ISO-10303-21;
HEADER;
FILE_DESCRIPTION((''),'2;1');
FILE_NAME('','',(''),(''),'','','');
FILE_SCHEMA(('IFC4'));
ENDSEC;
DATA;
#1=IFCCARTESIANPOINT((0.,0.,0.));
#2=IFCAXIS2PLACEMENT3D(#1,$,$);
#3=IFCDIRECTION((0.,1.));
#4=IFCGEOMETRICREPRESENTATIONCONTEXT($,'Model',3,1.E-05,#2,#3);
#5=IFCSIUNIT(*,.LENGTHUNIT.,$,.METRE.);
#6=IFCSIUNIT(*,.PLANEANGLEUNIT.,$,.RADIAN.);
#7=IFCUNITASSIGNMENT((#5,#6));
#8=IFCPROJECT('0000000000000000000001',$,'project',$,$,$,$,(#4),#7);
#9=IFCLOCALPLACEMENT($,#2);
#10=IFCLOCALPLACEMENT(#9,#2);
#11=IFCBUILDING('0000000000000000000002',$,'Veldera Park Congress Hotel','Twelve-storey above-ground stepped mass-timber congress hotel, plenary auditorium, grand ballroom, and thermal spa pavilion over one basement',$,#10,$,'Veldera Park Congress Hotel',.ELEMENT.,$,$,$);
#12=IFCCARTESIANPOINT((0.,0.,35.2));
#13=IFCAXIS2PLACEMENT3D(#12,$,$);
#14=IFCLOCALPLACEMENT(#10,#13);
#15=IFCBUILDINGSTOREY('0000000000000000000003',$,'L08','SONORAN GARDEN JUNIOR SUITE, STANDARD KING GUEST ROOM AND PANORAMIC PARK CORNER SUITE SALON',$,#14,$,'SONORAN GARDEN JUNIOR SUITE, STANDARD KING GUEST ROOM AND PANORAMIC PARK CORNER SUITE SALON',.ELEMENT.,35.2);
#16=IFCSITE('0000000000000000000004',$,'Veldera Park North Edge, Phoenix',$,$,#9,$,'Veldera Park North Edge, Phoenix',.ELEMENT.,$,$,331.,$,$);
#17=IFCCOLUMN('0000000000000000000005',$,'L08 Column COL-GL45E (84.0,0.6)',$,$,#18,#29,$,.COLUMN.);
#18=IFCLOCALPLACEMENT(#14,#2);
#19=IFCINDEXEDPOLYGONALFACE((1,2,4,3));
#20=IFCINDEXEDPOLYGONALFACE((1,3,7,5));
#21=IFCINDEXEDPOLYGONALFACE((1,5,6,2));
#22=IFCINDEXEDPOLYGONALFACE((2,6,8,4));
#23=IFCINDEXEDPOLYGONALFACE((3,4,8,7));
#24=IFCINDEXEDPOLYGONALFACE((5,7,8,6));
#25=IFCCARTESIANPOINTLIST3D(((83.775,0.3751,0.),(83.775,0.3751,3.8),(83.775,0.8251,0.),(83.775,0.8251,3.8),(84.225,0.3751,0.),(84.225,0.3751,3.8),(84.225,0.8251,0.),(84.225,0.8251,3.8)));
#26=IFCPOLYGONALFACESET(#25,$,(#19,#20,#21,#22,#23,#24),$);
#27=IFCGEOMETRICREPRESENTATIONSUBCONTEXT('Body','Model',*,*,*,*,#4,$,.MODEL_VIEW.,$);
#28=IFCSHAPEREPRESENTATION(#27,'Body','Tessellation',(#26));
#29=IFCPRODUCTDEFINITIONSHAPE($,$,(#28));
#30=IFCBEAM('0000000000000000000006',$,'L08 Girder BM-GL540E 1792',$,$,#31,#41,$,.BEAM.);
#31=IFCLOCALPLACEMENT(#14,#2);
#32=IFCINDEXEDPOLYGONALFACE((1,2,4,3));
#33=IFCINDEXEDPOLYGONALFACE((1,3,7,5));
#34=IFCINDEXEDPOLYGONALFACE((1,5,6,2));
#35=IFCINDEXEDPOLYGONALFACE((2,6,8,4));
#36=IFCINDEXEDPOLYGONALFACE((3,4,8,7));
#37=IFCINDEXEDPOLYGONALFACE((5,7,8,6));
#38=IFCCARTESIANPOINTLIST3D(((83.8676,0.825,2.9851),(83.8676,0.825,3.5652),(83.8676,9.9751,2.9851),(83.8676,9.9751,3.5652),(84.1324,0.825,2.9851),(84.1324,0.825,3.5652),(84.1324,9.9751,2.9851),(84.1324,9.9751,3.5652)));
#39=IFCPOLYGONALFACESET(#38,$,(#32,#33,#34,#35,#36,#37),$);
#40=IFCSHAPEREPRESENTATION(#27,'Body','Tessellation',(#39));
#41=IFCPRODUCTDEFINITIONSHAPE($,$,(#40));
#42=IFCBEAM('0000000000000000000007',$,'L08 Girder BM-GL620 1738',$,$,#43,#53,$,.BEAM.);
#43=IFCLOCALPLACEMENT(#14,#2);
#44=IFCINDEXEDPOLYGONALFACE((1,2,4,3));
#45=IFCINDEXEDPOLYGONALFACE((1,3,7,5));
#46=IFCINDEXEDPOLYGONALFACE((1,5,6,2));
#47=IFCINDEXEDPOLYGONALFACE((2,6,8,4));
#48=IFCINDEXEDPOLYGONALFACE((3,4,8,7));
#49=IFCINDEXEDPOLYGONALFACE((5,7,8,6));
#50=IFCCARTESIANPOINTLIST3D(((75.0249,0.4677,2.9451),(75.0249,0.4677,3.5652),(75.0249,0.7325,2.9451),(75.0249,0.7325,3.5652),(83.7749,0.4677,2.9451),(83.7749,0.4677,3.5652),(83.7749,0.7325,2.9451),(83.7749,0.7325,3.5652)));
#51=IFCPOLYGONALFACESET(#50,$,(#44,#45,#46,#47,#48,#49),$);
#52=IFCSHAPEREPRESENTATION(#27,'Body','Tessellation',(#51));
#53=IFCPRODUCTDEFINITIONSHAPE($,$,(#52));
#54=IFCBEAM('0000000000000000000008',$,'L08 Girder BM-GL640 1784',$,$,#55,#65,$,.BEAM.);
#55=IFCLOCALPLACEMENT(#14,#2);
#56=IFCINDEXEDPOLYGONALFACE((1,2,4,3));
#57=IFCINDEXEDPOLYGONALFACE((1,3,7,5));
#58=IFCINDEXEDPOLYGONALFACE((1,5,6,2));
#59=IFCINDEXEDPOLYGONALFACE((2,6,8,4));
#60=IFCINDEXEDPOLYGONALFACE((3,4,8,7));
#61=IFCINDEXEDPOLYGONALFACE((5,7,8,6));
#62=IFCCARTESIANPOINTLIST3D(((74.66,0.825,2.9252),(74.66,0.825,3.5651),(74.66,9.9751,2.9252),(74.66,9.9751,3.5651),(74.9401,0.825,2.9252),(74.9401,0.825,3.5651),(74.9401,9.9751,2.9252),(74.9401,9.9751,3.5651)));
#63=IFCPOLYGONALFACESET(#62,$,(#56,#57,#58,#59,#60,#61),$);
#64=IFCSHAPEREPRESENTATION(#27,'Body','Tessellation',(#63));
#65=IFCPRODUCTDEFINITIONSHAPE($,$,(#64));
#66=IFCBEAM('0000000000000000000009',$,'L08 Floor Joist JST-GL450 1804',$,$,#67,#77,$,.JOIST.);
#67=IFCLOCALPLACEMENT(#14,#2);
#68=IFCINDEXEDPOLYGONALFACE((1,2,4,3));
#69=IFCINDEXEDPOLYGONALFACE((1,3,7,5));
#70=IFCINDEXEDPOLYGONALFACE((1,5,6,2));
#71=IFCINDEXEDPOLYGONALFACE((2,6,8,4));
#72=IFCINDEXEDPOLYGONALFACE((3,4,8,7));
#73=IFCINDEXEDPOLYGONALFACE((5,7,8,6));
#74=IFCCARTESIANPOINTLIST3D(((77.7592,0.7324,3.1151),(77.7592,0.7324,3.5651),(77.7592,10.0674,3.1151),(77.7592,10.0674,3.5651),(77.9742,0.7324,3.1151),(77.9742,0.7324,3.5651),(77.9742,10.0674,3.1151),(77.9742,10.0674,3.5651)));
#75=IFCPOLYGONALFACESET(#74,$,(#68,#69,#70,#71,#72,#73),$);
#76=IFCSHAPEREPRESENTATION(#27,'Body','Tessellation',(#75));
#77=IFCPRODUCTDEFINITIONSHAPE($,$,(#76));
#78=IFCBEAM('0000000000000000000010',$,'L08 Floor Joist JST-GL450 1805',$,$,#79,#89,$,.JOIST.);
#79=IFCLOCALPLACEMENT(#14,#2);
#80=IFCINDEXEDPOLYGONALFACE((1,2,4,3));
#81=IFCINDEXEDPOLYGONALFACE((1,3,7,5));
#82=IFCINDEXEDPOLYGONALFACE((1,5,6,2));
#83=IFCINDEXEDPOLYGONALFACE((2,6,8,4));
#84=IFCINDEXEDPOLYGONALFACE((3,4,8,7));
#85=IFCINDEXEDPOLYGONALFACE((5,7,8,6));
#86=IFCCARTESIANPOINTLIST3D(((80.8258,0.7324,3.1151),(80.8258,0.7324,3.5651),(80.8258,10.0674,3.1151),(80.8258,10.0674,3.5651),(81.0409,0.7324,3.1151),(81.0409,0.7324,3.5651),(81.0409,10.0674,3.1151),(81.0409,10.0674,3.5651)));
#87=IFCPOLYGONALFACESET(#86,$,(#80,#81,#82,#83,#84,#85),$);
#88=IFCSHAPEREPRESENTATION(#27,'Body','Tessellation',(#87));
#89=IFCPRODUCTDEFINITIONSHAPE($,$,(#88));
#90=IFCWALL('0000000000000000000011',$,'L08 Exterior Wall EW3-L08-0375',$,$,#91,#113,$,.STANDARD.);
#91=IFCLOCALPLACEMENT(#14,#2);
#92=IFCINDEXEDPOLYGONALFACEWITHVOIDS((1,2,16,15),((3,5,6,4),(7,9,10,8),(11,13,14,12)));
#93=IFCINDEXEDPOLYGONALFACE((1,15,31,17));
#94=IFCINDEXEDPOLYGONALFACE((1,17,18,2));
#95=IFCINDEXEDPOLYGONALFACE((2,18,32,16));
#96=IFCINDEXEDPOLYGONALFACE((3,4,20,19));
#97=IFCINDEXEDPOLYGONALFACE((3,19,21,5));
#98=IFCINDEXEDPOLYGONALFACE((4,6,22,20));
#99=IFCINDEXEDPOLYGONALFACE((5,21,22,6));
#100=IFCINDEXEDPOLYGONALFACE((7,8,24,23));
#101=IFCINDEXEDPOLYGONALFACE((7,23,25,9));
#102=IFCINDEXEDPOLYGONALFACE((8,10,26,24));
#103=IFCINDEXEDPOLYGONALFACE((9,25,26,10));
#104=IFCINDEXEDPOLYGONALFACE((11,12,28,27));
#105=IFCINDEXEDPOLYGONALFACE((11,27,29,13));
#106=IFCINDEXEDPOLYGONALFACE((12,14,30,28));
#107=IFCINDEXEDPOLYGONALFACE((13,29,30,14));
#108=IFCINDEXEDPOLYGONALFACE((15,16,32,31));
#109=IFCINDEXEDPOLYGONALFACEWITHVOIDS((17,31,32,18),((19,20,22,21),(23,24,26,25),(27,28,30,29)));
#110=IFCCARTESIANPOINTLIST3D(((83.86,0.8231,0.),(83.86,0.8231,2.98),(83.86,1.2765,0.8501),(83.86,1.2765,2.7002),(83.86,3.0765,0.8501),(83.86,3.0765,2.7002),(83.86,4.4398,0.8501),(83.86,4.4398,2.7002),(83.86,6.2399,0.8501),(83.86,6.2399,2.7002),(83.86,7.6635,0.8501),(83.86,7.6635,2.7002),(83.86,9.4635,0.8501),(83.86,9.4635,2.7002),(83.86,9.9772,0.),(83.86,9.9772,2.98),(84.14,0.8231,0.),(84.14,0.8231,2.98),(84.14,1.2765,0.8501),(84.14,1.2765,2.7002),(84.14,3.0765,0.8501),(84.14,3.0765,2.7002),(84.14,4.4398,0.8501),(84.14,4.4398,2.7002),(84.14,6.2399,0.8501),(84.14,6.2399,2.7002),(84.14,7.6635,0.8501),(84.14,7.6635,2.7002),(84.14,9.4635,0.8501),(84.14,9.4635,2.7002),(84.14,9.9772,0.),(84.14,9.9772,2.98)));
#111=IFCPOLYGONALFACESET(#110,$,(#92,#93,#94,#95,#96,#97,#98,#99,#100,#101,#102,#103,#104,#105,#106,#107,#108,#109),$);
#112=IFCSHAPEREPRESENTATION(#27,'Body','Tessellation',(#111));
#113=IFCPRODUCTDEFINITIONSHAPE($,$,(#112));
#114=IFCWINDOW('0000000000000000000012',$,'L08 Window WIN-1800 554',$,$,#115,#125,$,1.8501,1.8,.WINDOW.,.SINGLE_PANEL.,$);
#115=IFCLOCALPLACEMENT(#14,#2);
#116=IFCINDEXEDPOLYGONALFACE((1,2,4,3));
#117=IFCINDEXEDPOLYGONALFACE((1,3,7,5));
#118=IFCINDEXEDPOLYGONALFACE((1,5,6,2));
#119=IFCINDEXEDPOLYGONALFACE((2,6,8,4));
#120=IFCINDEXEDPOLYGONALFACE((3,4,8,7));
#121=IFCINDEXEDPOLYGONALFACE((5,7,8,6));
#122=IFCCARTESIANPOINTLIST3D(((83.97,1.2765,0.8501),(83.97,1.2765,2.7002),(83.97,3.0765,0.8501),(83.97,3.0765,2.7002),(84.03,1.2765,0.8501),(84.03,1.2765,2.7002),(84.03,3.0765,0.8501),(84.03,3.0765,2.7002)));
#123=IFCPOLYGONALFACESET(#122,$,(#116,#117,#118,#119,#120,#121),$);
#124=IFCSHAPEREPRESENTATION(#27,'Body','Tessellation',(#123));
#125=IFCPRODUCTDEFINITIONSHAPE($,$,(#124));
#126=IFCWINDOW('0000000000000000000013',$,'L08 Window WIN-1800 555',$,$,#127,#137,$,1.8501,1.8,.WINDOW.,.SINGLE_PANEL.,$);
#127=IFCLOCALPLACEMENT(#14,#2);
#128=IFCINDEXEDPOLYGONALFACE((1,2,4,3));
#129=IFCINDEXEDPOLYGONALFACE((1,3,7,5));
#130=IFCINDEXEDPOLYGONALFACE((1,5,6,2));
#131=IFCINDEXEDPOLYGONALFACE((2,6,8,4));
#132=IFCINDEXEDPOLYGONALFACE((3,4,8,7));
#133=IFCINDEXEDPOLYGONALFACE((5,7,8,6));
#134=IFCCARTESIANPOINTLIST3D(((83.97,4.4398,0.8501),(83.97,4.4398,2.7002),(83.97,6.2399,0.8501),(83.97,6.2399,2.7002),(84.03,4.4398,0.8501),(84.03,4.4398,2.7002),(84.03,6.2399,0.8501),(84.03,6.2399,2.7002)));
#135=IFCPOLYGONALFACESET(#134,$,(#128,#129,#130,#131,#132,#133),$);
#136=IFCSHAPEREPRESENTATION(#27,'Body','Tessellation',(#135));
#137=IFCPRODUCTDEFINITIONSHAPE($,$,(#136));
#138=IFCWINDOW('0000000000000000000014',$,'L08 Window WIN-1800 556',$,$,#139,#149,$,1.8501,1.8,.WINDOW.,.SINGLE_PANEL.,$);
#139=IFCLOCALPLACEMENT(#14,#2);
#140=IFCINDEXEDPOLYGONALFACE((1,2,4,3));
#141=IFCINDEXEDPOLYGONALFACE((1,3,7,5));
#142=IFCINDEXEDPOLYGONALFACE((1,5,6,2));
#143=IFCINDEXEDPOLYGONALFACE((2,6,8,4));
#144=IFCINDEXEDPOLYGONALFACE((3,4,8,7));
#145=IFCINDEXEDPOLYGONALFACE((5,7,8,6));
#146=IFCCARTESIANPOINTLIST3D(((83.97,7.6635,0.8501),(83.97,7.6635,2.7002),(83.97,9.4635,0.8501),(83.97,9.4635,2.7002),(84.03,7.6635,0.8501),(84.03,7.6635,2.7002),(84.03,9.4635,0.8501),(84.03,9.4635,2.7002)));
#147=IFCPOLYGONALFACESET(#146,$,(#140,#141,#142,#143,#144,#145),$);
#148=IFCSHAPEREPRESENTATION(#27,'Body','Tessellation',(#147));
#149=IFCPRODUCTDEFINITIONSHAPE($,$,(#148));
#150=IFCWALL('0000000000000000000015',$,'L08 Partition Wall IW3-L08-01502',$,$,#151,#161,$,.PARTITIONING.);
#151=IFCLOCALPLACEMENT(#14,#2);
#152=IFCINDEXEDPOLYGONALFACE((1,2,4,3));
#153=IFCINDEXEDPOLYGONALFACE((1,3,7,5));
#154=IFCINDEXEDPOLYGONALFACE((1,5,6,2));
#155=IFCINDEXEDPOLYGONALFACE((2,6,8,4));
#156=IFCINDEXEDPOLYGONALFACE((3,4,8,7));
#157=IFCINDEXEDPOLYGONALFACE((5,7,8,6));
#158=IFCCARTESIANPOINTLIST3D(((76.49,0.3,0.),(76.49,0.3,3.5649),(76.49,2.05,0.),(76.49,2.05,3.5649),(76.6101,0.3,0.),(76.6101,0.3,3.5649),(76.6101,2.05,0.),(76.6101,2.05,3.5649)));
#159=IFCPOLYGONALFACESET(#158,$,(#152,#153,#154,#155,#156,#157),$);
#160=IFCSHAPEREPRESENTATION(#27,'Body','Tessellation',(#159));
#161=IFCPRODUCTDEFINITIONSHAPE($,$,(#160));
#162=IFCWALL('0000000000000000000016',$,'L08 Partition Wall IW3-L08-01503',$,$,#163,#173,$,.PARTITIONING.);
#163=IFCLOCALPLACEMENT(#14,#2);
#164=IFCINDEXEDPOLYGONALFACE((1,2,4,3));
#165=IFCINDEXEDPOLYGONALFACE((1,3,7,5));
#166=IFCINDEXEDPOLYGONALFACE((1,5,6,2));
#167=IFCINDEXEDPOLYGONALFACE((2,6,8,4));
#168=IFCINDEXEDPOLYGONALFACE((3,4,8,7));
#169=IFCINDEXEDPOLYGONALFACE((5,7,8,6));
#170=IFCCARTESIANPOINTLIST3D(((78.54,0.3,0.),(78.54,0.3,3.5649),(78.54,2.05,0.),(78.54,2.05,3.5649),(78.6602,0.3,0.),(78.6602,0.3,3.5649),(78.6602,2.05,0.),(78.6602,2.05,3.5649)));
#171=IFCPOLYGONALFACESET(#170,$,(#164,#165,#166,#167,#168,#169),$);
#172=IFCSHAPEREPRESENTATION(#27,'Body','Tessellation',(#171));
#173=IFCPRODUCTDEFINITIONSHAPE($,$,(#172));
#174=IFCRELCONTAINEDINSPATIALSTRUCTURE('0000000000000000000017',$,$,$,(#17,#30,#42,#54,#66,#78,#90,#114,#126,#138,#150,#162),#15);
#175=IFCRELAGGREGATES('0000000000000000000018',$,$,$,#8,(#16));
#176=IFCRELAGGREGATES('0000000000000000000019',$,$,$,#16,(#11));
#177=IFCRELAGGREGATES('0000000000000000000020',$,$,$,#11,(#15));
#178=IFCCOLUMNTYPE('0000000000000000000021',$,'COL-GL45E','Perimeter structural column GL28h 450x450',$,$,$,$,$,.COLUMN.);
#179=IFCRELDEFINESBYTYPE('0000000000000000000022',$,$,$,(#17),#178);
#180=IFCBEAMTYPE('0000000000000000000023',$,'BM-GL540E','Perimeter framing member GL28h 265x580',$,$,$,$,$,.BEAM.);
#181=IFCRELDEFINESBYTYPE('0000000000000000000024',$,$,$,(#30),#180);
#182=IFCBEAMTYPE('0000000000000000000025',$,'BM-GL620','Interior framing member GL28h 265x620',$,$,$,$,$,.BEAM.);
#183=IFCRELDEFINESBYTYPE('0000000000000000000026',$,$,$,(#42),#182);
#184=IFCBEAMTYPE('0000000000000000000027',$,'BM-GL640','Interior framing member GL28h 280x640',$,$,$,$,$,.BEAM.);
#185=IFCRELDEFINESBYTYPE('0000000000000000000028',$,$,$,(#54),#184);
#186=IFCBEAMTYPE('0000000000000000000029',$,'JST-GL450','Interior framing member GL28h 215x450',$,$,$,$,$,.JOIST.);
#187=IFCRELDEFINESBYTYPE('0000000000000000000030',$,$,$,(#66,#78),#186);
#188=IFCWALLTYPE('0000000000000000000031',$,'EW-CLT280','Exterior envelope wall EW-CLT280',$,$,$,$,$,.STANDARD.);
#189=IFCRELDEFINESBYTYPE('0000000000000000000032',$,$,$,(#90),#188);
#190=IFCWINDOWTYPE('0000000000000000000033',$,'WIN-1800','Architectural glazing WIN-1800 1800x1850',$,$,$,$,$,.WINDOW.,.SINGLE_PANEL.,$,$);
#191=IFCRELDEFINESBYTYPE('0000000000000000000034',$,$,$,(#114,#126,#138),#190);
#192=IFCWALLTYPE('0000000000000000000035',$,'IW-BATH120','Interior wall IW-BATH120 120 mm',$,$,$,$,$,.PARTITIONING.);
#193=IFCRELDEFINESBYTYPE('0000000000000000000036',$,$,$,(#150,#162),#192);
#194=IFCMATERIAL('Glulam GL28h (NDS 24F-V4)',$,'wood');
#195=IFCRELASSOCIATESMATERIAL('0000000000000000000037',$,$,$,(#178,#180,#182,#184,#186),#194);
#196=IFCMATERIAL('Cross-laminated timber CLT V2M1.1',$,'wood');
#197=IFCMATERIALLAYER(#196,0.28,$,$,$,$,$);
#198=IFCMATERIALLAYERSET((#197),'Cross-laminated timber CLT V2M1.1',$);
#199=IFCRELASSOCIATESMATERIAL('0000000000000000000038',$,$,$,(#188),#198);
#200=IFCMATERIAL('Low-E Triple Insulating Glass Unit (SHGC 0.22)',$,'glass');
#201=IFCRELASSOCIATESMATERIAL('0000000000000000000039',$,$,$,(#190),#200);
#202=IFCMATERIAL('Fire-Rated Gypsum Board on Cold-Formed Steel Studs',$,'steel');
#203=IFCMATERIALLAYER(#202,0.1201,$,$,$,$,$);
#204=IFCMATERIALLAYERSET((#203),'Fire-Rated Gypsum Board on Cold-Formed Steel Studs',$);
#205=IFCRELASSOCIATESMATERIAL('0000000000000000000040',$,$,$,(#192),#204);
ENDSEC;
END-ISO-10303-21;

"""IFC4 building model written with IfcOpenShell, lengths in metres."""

from ifc_helpers import new_model, si_unit, direction, frame, frame_2d, origin, origin_2d, place, context, subcontext, project, spatial, rectangle, extrude, material, layer, layer_set, material_profile, profile_set, type_object, element, fill, save


model = new_model("IFC4")

# Units and contexts
model_context = context("Model", 3, precision=1e-05, world=origin(), true_north=direction((0.0, 1.0)))
body_context = subcontext(model_context, "Body", "Model", "MODEL_VIEW")
ifc_project = project(units=[si_unit("LENGTHUNIT", "METRE"), si_unit("PLANEANGLEUNIT", "RADIAN")], contexts=[model_context])

# Site, building, storey
site_placement = place(None, origin())
site = spatial("IfcSite", under=ifc_project, at=site_placement, Name="Veldera Park North Edge, Phoenix", LongName="Veldera Park North Edge, Phoenix", CompositionType="ELEMENT", RefElevation=331.0)
building_placement = place(site_placement, origin())
building = spatial("IfcBuilding", under=site, at=building_placement, Name="Veldera Park Congress Hotel", Description="Twelve-storey above-ground stepped mass-timber congress hotel, plenary auditorium, grand ballroom, and thermal spa pavilion over one basement", LongName="Veldera Park Congress Hotel", CompositionType="ELEMENT")
storey_placement = place(building_placement, frame((0.0, 0.0, 35.2)))
storey = spatial("IfcBuildingStorey", under=building, at=storey_placement, Name="L08", Description="SONORAN GARDEN JUNIOR SUITE, STANDARD KING GUEST ROOM AND PANORAMIC PARK CORNER SUITE SALON", LongName="SONORAN GARDEN JUNIOR SUITE, STANDARD KING GUEST ROOM AND PANORAMIC PARK CORNER SUITE SALON", CompositionType="ELEMENT", Elevation=35.2)

# Column
ifc_material_1 = material(Name="Glulam GL28h (NDS 24F-V4)", Category="wood")
ifc_material_profile_1 = material_profile(ifc_material_1, rectangle(XDim=0.45, YDim=0.45, at=origin_2d()), Name="GL28h 450x450")
ifc_profile_set_1 = profile_set([ifc_material_profile_1], Name="Glulam GL28h (NDS 24F-V4)")
column_type = type_object("IfcColumnType", Name="COL-GL45E", Description="Perimeter structural column GL28h 450x450", PredefinedType="COLUMN", material=ifc_profile_set_1)
column_placement = place(storey_placement, frame((84.0, 0.6001, 0.0), z_axis=(0.0, 0.0, 1.0), x_axis=(1.0, 0.0, 0.0)))
element("IfcColumn", 1, at=column_placement, inside=storey, type_object=column_type, Name="L08 Column COL-GL45E (84.0,0.6)", PredefinedType="COLUMN", context=body_context, shape_type="SweptSolid", body=[
    extrude(rectangle(XDim=0.45, YDim=0.45, at=origin_2d()), origin(), (0.0, 0.0, 1.0), 3.8),
])

# Beams
ifc_material_profile_2 = material_profile(ifc_material_1, rectangle(XDim=0.2649, YDim=0.5801, at=origin_2d()), Name="GL28h 265x580")
ifc_profile_set_2 = profile_set([ifc_material_profile_2], Name="Glulam GL28h (NDS 24F-V4)")
beam_type_1 = type_object("IfcBeamType", Name="BM-GL540E", Description="Perimeter framing member GL28h 265x580", PredefinedType="BEAM", material=ifc_profile_set_2)
beam_1_placement = place(storey_placement, frame((84.0, 0.825, 3.2751), z_axis=(0.0, 1.0, 0.0), x_axis=(-1.0, 0.0, 0.0)))
element("IfcBeam", 2, at=beam_1_placement, inside=storey, type_object=beam_type_1, Name="L08 Girder BM-GL540E 1792", PredefinedType="BEAM", context=body_context, shape_type="SweptSolid", body=[
    extrude(rectangle(XDim=0.2649, YDim=0.5801, at=origin_2d()), origin(), (0.0, 0.0, 1.0), 9.1501),
])
ifc_material_profile_3 = material_profile(ifc_material_1, rectangle(XDim=0.2649, YDim=0.6201, at=origin_2d()), Name="GL28h 265x620")
ifc_profile_set_3 = profile_set([ifc_material_profile_3], Name="Glulam GL28h (NDS 24F-V4)")
beam_type_2 = type_object("IfcBeamType", Name="BM-GL620", Description="Interior framing member GL28h 265x620", PredefinedType="BEAM", material=ifc_profile_set_3)
beam_2_placement = place(storey_placement, frame((75.0249, 0.6001, 3.2551), z_axis=(1.0, 0.0, 0.0), x_axis=(0.0, 1.0, 0.0)))
element("IfcBeam", 3, at=beam_2_placement, inside=storey, type_object=beam_type_2, Name="L08 Girder BM-GL620 1738", PredefinedType="BEAM", context=body_context, shape_type="SweptSolid", body=[
    extrude(rectangle(XDim=0.2649, YDim=0.6201, at=origin_2d()), origin(), (0.0, 0.0, 1.0), 8.75),
])
ifc_material_profile_4 = material_profile(ifc_material_1, rectangle(XDim=0.28, YDim=0.6399, at=origin_2d()), Name="GL28h 280x640")
ifc_profile_set_4 = profile_set([ifc_material_profile_4], Name="Glulam GL28h (NDS 24F-V4)")
beam_type_3 = type_object("IfcBeamType", Name="BM-GL640", Description="Interior framing member GL28h 280x640", PredefinedType="BEAM", material=ifc_profile_set_4)
beam_3_placement = place(storey_placement, frame((74.8, 0.825, 3.2451), z_axis=(0.0, 1.0, 0.0), x_axis=(-1.0, 0.0, 0.0)))
element("IfcBeam", 4, at=beam_3_placement, inside=storey, type_object=beam_type_3, Name="L08 Girder BM-GL640 1784", PredefinedType="BEAM", context=body_context, shape_type="SweptSolid", body=[
    extrude(rectangle(XDim=0.28, YDim=0.6399, at=origin_2d()), origin(), (0.0, 0.0, 1.0), 9.1501),
])
ifc_material_profile_5 = material_profile(ifc_material_1, rectangle(XDim=0.2151, YDim=0.45, at=origin_2d()), Name="GL28h 215x450")
ifc_profile_set_5 = profile_set([ifc_material_profile_5], Name="Glulam GL28h (NDS 24F-V4)")
beam_type_4 = type_object("IfcBeamType", Name="JST-GL450", Description="Interior framing member GL28h 215x450", PredefinedType="JOIST", material=ifc_profile_set_5)
for number, where, z_axis, x_axis, name in (
    (5, (77.8667, 0.7324, 3.3401), (0.0, 1.0, 0.0), (-1.0, 0.0, 0.0), "L08 Floor Joist JST-GL450 1804"),
    (6, (80.9333, 0.7324, 3.3401), (0.0, 1.0, 0.0), (-1.0, 0.0, 0.0), "L08 Floor Joist JST-GL450 1805"),
):
    element("IfcBeam", number, at=place(storey_placement, frame(where, z_axis=z_axis, x_axis=x_axis)), inside=storey, type_object=beam_type_4, Name=name, PredefinedType="JOIST", context=body_context, shape_type="SweptSolid", body=[
        extrude(rectangle(XDim=0.2151, YDim=0.45, at=origin_2d()), origin(), (0.0, 0.0, 1.0), 9.335),
    ])

# Wall, openings, windows
ifc_material_2 = material(Name="Cross-laminated timber CLT V2M1.1", Category="wood")
ifc_layer_1 = layer(ifc_material_2, 0.28)
ifc_layer_set_1 = layer_set([ifc_layer_1], Name="Cross-laminated timber CLT V2M1.1")
wall_type_1 = type_object("IfcWallType", Name="EW-CLT280", Description="Exterior envelope wall EW-CLT280", PredefinedType="STANDARD", material=ifc_layer_set_1)
wall_1_placement = place(storey_placement, frame((84.0, 0.823, 0.0), z_axis=(0.0, 0.0, 1.0), x_axis=(0.0, 1.0, 0.0)))
wall_1 = element("IfcWall", 7, at=wall_1_placement, inside=storey, type_object=wall_type_1, Name="L08 Exterior Wall EW3-L08-0375", PredefinedType="STANDARD", context=body_context, shape_type="SweptSolid", body=[
    extrude(rectangle(XDim=9.1541, YDim=0.28, at=frame_2d((4.5771, 0.0))), origin(), (0.0, 0.0, 1.0), 2.98),
])
opening_1_placement = place(wall_1_placement, frame((0.4536, 0.0, 0.8501)))
opening_1 = element("IfcOpeningElement", 8, at=opening_1_placement, cuts=wall_1, PredefinedType="OPENING", context=body_context, shape_type="SweptSolid", body=[
    extrude(rectangle(XDim=1.8, YDim=1.8501, at=frame_2d((0.8999, 0.925))), frame((0.0, 0.1521, 0.0), z_axis=(0.0, -1.0, 0.0), x_axis=(1.0, 0.0, 0.0)), (0.0, 0.0, 1.0), 0.304),
])
opening_2_placement = place(wall_1_placement, frame((3.6169, 0.0, 0.8501)))
opening_2 = element("IfcOpeningElement", 9, at=opening_2_placement, cuts=wall_1, PredefinedType="OPENING", context=body_context, shape_type="SweptSolid", body=[
    extrude(rectangle(XDim=1.8, YDim=1.8501, at=frame_2d((0.8999, 0.925))), frame((0.0, 0.1521, 0.0), z_axis=(0.0, -1.0, 0.0), x_axis=(1.0, 0.0, 0.0)), (0.0, 0.0, 1.0), 0.304),
])
opening_3_placement = place(wall_1_placement, frame((6.8406, 0.0, 0.8501)))
opening_3 = element("IfcOpeningElement", 10, at=opening_3_placement, cuts=wall_1, PredefinedType="OPENING", context=body_context, shape_type="SweptSolid", body=[
    extrude(rectangle(XDim=1.8, YDim=1.8501, at=frame_2d((0.8999, 0.925))), frame((0.0, 0.1521, 0.0), z_axis=(0.0, -1.0, 0.0), x_axis=(1.0, 0.0, 0.0)), (0.0, 0.0, 1.0), 0.304),
])
ifc_material_3 = material(Name="Low-E Triple Insulating Glass Unit (SHGC 0.22)", Category="glass")
window_type = type_object("IfcWindowType", Name="WIN-1800", Description="Architectural glazing WIN-1800 1800x1850", PartitioningType="SINGLE_PANEL", PredefinedType="WINDOW", material=ifc_material_3)
window_1_placement = place(opening_1_placement, origin())
window_1 = element("IfcWindow", 11, at=window_1_placement, inside=storey, type_object=window_type, Name="L08 Window WIN-1800 554", OverallHeight=1.8501, OverallWidth=1.8, PartitioningType="SINGLE_PANEL", PredefinedType="WINDOW", context=body_context, shape_type="SweptSolid", body=[
    extrude(rectangle(XDim=1.8, YDim=1.8501, at=frame_2d((0.8999, 0.925))), frame((0.0, 0.03, 0.0), z_axis=(0.0, -1.0, 0.0), x_axis=(1.0, 0.0, 0.0)), (0.0, 0.0, 1.0), 0.0601),
])
fill(opening_1, window_1)
window_2_placement = place(opening_2_placement, origin())
window_2 = element("IfcWindow", 12, at=window_2_placement, inside=storey, type_object=window_type, Name="L08 Window WIN-1800 555", OverallHeight=1.8501, OverallWidth=1.8, PartitioningType="SINGLE_PANEL", PredefinedType="WINDOW", context=body_context, shape_type="SweptSolid", body=[
    extrude(rectangle(XDim=1.8, YDim=1.8501, at=frame_2d((0.8999, 0.925))), frame((0.0, 0.03, 0.0), z_axis=(0.0, -1.0, 0.0), x_axis=(1.0, 0.0, 0.0)), (0.0, 0.0, 1.0), 0.0601),
])
fill(opening_2, window_2)
window_3_placement = place(opening_3_placement, origin())
window_3 = element("IfcWindow", 13, at=window_3_placement, inside=storey, type_object=window_type, Name="L08 Window WIN-1800 556", OverallHeight=1.8501, OverallWidth=1.8, PartitioningType="SINGLE_PANEL", PredefinedType="WINDOW", context=body_context, shape_type="SweptSolid", body=[
    extrude(rectangle(XDim=1.8, YDim=1.8501, at=frame_2d((0.8999, 0.925))), frame((0.0, 0.03, 0.0), z_axis=(0.0, -1.0, 0.0), x_axis=(1.0, 0.0, 0.0)), (0.0, 0.0, 1.0), 0.0601),
])
fill(opening_3, window_3)

# Walls
ifc_material_4 = material(Name="Fire-Rated Gypsum Board on Cold-Formed Steel Studs", Category="steel")
ifc_layer_2 = layer(ifc_material_4, 0.1201)
ifc_layer_set_2 = layer_set([ifc_layer_2], Name="Fire-Rated Gypsum Board on Cold-Formed Steel Studs")
wall_type_2 = type_object("IfcWallType", Name="IW-BATH120", Description="Interior wall IW-BATH120 120 mm", PredefinedType="PARTITIONING", material=ifc_layer_set_2)
for number, where, z_axis, x_axis, name in (
    (14, (76.55, 0.3, 0.0), (0.0, 0.0, 1.0), (0.0, 1.0, 0.0), "L08 Partition Wall IW3-L08-01502"),
    (15, (78.6001, 0.3, 0.0), (0.0, 0.0, 1.0), (0.0, 1.0, 0.0), "L08 Partition Wall IW3-L08-01503"),
):
    element("IfcWall", number, at=place(storey_placement, frame(where, z_axis=z_axis, x_axis=x_axis)), inside=storey, type_object=wall_type_2, Name=name, PredefinedType="PARTITIONING", context=body_context, shape_type="SweptSolid", body=[
        extrude(rectangle(XDim=1.75, YDim=0.1201, at=frame_2d((0.875, 0.0))), origin(), (0.0, 0.0, 1.0), 3.5649),
    ])

save(model, "model.ifc")
